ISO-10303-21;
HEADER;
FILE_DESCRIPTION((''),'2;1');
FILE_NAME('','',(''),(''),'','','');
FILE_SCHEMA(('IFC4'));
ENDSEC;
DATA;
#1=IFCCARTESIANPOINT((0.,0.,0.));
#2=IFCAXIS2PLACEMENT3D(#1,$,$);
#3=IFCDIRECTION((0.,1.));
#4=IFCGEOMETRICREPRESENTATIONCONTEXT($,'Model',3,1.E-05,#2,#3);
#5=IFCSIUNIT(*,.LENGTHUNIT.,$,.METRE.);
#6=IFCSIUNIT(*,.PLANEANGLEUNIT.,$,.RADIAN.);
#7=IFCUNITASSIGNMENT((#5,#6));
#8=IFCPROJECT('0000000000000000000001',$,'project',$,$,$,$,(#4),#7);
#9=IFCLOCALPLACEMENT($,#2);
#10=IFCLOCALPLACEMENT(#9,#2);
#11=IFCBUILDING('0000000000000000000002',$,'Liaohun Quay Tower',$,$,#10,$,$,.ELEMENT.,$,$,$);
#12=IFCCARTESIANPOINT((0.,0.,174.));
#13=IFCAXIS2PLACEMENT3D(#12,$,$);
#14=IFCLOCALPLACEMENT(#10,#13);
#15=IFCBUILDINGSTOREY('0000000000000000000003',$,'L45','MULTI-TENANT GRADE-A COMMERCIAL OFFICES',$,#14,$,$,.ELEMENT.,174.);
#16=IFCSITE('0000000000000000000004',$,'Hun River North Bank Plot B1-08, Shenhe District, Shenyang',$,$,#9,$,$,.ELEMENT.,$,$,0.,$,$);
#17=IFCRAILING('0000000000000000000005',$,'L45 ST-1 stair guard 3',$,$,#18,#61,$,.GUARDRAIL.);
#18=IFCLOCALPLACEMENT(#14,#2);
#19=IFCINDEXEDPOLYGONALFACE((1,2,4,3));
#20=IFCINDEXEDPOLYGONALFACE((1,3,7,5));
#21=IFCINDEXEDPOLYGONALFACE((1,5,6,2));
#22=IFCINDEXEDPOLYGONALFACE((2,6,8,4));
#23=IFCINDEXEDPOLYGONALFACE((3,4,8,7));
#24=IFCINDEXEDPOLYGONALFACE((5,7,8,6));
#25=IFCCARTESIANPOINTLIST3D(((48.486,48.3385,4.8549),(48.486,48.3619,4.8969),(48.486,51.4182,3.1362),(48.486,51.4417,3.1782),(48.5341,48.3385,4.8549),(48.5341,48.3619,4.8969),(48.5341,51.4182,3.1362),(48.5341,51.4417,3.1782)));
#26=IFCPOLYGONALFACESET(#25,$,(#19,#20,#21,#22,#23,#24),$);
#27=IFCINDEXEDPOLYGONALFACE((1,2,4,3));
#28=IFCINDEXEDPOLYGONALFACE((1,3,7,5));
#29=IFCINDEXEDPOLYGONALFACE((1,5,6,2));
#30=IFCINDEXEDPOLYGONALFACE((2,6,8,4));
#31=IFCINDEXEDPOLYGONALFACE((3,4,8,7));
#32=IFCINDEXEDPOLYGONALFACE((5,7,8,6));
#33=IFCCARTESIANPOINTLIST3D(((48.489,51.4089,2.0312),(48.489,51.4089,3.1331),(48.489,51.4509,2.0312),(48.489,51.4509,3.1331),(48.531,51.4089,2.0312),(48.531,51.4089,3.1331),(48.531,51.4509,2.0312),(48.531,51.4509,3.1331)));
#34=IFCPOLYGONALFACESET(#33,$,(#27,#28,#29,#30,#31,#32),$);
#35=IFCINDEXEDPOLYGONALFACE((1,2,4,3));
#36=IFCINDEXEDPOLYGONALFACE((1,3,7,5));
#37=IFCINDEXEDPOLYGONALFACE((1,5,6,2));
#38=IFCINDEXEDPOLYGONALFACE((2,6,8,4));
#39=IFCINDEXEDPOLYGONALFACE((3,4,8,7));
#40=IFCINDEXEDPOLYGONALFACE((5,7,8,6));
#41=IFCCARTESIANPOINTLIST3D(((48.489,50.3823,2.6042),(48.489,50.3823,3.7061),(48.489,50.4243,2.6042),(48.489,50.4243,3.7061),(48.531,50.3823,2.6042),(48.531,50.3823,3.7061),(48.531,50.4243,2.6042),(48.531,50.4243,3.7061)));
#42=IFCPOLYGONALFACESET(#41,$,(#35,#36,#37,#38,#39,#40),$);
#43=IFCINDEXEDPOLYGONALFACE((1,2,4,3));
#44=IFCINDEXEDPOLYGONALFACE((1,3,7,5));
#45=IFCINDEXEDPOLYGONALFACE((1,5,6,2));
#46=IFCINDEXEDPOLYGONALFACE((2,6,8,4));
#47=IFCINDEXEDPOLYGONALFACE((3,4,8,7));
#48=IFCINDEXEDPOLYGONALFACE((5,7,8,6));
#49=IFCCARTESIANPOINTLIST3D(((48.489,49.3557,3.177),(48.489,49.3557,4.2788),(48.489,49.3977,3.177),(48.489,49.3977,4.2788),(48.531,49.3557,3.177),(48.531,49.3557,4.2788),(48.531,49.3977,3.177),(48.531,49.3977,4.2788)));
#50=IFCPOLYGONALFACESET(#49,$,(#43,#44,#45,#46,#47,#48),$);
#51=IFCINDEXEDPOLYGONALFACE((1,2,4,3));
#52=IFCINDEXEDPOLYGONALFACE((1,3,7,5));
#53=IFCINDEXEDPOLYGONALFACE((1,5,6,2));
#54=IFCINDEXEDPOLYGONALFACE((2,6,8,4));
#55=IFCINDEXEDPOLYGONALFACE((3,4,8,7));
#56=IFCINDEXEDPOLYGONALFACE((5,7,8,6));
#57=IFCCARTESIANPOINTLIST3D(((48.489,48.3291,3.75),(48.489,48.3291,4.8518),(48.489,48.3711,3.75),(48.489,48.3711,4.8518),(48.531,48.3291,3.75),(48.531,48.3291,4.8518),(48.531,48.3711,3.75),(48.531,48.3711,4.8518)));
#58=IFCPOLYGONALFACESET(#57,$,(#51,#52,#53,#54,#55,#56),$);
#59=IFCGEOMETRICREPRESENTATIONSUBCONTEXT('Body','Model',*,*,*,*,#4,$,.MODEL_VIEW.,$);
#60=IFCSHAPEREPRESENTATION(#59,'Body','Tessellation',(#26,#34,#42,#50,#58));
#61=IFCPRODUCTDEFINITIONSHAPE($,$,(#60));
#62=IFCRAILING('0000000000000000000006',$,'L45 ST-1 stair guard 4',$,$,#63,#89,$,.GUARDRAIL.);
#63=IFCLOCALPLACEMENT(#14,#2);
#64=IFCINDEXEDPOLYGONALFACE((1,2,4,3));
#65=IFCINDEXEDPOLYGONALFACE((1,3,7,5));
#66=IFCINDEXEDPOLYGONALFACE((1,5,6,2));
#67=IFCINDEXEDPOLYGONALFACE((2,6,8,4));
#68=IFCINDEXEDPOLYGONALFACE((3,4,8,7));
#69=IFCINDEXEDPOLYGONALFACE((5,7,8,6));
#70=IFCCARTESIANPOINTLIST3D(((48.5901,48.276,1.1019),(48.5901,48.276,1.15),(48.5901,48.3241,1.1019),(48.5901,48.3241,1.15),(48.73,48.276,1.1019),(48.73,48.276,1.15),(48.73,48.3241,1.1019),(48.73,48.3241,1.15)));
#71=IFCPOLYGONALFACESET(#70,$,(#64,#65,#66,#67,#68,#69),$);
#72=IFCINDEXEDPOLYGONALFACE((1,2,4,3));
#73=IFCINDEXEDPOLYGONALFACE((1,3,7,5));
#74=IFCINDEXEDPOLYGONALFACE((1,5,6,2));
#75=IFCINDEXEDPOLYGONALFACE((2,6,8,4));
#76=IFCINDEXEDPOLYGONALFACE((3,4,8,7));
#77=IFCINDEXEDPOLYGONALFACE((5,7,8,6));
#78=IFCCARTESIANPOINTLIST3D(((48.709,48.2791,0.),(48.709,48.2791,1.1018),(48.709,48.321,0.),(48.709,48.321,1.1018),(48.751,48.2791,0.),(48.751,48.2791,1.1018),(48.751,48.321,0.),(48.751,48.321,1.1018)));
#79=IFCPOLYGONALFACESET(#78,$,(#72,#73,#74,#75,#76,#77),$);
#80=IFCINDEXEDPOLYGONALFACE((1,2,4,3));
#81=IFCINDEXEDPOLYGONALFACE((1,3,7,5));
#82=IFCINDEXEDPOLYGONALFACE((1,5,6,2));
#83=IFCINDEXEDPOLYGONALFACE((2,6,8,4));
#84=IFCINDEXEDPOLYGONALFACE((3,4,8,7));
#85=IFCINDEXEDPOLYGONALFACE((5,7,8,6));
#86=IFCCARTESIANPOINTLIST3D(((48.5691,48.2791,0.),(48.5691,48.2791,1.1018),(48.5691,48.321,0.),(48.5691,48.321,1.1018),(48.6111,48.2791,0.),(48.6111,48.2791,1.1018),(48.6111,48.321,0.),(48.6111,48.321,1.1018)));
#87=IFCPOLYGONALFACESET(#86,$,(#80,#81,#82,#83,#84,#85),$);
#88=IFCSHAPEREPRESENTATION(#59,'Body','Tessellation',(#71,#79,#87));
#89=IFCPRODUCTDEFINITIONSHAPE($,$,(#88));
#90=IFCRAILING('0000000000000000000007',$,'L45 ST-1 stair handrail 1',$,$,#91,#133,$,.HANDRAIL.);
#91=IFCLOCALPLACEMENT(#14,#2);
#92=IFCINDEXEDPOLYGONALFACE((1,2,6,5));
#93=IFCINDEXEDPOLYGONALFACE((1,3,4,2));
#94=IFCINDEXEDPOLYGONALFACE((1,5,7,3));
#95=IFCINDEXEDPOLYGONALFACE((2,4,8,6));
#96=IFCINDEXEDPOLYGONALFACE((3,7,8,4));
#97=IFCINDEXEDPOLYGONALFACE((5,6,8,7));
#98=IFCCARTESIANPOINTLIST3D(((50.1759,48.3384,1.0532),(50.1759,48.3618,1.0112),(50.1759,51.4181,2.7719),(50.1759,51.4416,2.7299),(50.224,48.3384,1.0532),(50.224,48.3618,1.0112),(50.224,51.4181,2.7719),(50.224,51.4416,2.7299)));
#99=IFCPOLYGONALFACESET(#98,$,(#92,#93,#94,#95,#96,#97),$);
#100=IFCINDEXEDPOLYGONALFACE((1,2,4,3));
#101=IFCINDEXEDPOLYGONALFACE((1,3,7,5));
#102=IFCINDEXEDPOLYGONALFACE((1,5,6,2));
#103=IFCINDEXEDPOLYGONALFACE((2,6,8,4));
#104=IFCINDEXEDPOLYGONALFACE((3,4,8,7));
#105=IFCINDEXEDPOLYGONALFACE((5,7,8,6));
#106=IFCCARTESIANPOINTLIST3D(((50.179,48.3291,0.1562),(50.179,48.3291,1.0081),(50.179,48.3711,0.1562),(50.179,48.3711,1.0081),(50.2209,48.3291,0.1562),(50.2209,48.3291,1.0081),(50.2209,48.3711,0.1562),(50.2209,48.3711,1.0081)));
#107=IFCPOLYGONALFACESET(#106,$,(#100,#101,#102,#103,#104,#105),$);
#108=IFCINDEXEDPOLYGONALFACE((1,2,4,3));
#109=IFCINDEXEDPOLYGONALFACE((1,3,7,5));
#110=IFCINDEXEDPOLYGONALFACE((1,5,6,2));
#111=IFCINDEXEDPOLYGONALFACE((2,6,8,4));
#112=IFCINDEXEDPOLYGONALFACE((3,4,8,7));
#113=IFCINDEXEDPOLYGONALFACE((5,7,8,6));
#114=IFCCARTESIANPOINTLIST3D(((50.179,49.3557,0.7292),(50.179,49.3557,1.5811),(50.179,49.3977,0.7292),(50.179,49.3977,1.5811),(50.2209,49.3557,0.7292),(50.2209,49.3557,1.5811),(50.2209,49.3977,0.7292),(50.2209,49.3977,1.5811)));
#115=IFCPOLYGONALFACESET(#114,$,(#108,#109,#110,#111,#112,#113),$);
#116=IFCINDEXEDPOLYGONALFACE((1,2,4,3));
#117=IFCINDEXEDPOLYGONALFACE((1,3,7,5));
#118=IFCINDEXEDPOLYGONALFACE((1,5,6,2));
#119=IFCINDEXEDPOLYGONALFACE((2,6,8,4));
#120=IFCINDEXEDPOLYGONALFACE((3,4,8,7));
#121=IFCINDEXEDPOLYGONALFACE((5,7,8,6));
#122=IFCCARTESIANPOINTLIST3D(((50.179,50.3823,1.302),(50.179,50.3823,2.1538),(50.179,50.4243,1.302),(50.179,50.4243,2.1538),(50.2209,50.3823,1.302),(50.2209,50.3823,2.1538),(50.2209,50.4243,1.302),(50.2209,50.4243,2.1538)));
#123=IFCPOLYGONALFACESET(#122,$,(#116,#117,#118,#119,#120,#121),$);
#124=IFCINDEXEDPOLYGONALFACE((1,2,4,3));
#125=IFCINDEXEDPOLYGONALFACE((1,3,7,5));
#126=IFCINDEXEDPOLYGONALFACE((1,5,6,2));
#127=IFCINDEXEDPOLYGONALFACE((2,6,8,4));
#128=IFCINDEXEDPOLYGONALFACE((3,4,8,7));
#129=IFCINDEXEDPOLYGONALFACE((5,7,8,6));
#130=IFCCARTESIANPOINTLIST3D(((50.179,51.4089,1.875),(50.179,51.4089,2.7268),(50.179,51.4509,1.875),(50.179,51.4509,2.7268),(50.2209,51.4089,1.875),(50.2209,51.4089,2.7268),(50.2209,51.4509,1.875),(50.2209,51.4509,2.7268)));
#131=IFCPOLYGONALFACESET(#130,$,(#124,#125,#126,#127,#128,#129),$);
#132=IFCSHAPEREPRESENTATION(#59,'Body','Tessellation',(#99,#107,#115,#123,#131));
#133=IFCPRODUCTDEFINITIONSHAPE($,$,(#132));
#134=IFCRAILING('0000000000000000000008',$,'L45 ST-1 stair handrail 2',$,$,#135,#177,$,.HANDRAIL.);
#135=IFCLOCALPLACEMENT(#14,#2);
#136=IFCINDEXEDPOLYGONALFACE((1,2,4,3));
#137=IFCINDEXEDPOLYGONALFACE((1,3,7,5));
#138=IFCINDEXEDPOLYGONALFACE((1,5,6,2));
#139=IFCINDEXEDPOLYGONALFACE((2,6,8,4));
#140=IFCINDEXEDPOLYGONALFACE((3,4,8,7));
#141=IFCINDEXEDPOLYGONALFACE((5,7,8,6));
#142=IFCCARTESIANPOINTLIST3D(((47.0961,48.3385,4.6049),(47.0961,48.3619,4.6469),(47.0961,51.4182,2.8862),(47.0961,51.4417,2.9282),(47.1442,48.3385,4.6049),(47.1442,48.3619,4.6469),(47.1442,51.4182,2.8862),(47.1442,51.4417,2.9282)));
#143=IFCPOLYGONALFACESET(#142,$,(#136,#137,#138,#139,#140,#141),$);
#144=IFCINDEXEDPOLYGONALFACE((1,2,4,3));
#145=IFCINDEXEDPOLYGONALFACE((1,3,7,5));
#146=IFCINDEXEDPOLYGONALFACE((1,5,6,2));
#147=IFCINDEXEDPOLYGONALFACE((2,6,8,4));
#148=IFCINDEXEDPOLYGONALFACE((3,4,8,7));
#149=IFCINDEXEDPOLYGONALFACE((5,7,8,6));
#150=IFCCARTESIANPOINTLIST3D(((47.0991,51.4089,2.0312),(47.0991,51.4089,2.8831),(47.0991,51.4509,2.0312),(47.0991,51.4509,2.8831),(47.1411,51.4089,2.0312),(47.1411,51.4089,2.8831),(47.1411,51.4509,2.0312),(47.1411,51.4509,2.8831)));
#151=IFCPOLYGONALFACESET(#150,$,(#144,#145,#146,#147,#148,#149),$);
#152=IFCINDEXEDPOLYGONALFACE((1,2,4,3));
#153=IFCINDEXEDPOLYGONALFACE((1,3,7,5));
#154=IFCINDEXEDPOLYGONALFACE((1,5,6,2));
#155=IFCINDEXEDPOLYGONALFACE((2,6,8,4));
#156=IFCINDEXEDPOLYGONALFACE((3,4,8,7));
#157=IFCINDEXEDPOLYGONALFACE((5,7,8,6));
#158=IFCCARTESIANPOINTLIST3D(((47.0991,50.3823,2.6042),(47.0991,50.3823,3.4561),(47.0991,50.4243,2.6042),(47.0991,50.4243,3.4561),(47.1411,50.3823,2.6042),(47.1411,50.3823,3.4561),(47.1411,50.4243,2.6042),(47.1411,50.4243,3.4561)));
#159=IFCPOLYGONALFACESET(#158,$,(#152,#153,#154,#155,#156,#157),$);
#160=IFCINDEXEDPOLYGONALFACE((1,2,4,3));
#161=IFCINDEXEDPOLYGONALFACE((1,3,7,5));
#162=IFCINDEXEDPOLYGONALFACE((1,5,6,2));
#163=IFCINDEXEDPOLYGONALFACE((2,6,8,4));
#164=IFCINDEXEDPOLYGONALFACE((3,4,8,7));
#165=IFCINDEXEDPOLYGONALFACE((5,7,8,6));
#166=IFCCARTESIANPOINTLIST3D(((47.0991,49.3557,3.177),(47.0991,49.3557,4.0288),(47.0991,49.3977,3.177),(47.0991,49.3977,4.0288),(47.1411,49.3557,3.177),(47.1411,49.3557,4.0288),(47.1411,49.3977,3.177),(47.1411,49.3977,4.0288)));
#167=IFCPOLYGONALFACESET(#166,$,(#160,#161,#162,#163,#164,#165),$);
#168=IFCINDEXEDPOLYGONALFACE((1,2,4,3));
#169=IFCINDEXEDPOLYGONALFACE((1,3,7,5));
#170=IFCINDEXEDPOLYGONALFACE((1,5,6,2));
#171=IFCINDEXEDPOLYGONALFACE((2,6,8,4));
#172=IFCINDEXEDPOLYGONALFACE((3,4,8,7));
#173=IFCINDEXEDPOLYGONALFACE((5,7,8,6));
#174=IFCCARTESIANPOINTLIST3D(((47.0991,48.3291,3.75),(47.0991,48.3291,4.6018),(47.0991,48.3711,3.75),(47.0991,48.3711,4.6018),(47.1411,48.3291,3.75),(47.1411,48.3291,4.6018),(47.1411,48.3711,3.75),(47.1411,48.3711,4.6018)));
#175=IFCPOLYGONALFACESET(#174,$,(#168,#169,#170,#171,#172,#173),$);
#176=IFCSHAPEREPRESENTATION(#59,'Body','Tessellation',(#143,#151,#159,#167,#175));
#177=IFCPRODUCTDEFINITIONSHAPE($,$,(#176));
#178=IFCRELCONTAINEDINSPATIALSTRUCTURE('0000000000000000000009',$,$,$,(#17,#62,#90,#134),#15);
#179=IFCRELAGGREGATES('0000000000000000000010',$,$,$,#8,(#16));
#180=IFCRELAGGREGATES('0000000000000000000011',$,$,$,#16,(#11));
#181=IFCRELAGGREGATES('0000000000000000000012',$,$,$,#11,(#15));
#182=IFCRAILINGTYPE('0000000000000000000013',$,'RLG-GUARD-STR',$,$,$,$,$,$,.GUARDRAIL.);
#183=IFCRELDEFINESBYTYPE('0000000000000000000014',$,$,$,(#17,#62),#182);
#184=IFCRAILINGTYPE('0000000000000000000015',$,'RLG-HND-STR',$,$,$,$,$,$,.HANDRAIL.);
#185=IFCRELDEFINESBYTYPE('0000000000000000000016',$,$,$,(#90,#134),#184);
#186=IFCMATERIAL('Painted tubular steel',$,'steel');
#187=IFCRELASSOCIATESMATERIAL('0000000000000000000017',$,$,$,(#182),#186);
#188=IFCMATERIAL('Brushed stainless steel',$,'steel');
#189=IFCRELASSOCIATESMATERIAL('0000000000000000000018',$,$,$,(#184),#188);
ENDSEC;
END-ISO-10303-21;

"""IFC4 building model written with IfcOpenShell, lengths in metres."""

from ifc_helpers import new_model, si_unit, direction, frame, origin, origin_2d, place, context, subcontext, project, spatial, rectangle, extrude, material, type_object, element, save


model = new_model("IFC4")

# Units and contexts
model_context = context("Model", 3, precision=1e-05, world=origin(), true_north=direction((0.0, 1.0)))
body_context = subcontext(model_context, "Body", "Model", "MODEL_VIEW")
ifc_project = project(units=[si_unit("LENGTHUNIT", "METRE"), si_unit("PLANEANGLEUNIT", "RADIAN")], contexts=[model_context])

# Site, building, storey
site_placement = place(None, origin())
site = spatial("IfcSite", under=ifc_project, at=site_placement, Name="Hun River North Bank Plot B1-08, Shenhe District, Shenyang", CompositionType="ELEMENT", RefElevation=0.0)
building_placement = place(site_placement, origin())
building = spatial("IfcBuilding", under=site, at=building_placement, Name="Liaohun Quay Tower", CompositionType="ELEMENT")
storey_placement = place(building_placement, frame((0.0, 0.0, 174.0)))
storey = spatial("IfcBuildingStorey", under=building, at=storey_placement, Name="L45", Description="MULTI-TENANT GRADE-A COMMERCIAL OFFICES", CompositionType="ELEMENT", Elevation=174.0)

# Railings
ifc_material_1 = material(Name="Painted tubular steel", Category="steel")
railing_type_1 = type_object("IfcRailingType", Name="RLG-GUARD-STR", PredefinedType="GUARDRAIL", material=ifc_material_1)
railing_1_placement = place(storey_placement, frame((48.51, 51.4299, 2.0312)))
element("IfcRailing", 1, at=railing_1_placement, inside=storey, type_object=railing_type_1, Name="L45 ST-1 stair guard 3", PredefinedType="GUARDRAIL", context=body_context, shape_type="SweptSolid", body=[
    extrude(rectangle(XDim=0.0481, YDim=0.0481, at=origin_2d()), frame((0.0, 0.0, 1.126), z_axis=(0.0, -0.873225, 0.487317), x_axis=(1.0, 0.0, 0.0)), (0.0, 0.0, 1.0), 3.5269),
    extrude(rectangle(XDim=0.042, YDim=0.042, at=origin_2d()), origin(), (0.0, 0.0, 1.0), 1.1018),
    extrude(rectangle(XDim=0.042, YDim=0.042, at=origin_2d()), frame((0.0, -1.0266, 0.573)), (0.0, 0.0, 1.0), 1.1018),
    extrude(rectangle(XDim=0.042, YDim=0.042, at=origin_2d()), frame((0.0, -2.0532, 1.1458)), (0.0, 0.0, 1.0), 1.1018),
    extrude(rectangle(XDim=0.042, YDim=0.042, at=origin_2d()), frame((0.0, -3.0798, 1.7188)), (0.0, 0.0, 1.0), 1.1018),
])
railing_2_placement = place(storey_placement, frame((48.73, 48.3, 0.0)))
element("IfcRailing", 2, at=railing_2_placement, inside=storey, type_object=railing_type_1, Name="L45 ST-1 stair guard 4", PredefinedType="GUARDRAIL", context=body_context, shape_type="SweptSolid", body=[
    extrude(rectangle(XDim=0.0481, YDim=0.0481, at=origin_2d()), frame((0.0, 0.0, 1.126), z_axis=(-1.0, 0.0, 0.0), x_axis=(0.0, -1.0, 0.0)), (0.0, 0.0, 1.0), 0.1399),
    extrude(rectangle(XDim=0.042, YDim=0.042, at=origin_2d()), origin(), (0.0, 0.0, 1.0), 1.1018),
    extrude(rectangle(XDim=0.042, YDim=0.042, at=origin_2d()), frame((-0.1399, 0.0, 0.0)), (0.0, 0.0, 1.0), 1.1018),
])
ifc_material_2 = material(Name="Brushed stainless steel", Category="steel")
railing_type_2 = type_object("IfcRailingType", Name="RLG-HND-STR", PredefinedType="HANDRAIL", material=ifc_material_2)
railing_3_placement = place(storey_placement, frame((50.2, 48.3501, 0.1562)))
element("IfcRailing", 3, at=railing_3_placement, inside=storey, type_object=railing_type_2, Name="L45 ST-1 stair handrail 1", PredefinedType="HANDRAIL", context=body_context, shape_type="SweptSolid", body=[
    extrude(rectangle(XDim=0.0481, YDim=0.0481, at=origin_2d()), frame((0.0, 0.0, 0.876), z_axis=(0.0, 0.873225, 0.487317), x_axis=(-1.0, 0.0, 0.0)), (0.0, 0.0, 1.0), 3.5269),
    extrude(rectangle(XDim=0.042, YDim=0.042, at=origin_2d()), origin(), (0.0, 0.0, 1.0), 0.8518),
    extrude(rectangle(XDim=0.042, YDim=0.042, at=origin_2d()), frame((0.0, 1.0266, 0.573)), (0.0, 0.0, 1.0), 0.8518),
    extrude(rectangle(XDim=0.042, YDim=0.042, at=origin_2d()), frame((0.0, 2.0532, 1.1458)), (0.0, 0.0, 1.0), 0.8518),
    extrude(rectangle(XDim=0.042, YDim=0.042, at=origin_2d()), frame((0.0, 3.0798, 1.7188)), (0.0, 0.0, 1.0), 0.8518),
])
railing_4_placement = place(storey_placement, frame((47.1201, 51.4299, 2.0312)))
element("IfcRailing", 4, at=railing_4_placement, inside=storey, type_object=railing_type_2, Name="L45 ST-1 stair handrail 2", PredefinedType="HANDRAIL", context=body_context, shape_type="SweptSolid", body=[
    extrude(rectangle(XDim=0.0481, YDim=0.0481, at=origin_2d()), frame((0.0, 0.0, 0.876), z_axis=(0.0, -0.873225, 0.487317), x_axis=(1.0, 0.0, 0.0)), (0.0, 0.0, 1.0), 3.5269),
    extrude(rectangle(XDim=0.042, YDim=0.042, at=origin_2d()), origin(), (0.0, 0.0, 1.0), 0.8518),
    extrude(rectangle(XDim=0.042, YDim=0.042, at=origin_2d()), frame((0.0, -1.0266, 0.573)), (0.0, 0.0, 1.0), 0.8518),
    extrude(rectangle(XDim=0.042, YDim=0.042, at=origin_2d()), frame((0.0, -2.0532, 1.1458)), (0.0, 0.0, 1.0), 0.8518),
    extrude(rectangle(XDim=0.042, YDim=0.042, at=origin_2d()), frame((0.0, -3.0798, 1.7188)), (0.0, 0.0, 1.0), 0.8518),
])

save(model, "model.ifc")
